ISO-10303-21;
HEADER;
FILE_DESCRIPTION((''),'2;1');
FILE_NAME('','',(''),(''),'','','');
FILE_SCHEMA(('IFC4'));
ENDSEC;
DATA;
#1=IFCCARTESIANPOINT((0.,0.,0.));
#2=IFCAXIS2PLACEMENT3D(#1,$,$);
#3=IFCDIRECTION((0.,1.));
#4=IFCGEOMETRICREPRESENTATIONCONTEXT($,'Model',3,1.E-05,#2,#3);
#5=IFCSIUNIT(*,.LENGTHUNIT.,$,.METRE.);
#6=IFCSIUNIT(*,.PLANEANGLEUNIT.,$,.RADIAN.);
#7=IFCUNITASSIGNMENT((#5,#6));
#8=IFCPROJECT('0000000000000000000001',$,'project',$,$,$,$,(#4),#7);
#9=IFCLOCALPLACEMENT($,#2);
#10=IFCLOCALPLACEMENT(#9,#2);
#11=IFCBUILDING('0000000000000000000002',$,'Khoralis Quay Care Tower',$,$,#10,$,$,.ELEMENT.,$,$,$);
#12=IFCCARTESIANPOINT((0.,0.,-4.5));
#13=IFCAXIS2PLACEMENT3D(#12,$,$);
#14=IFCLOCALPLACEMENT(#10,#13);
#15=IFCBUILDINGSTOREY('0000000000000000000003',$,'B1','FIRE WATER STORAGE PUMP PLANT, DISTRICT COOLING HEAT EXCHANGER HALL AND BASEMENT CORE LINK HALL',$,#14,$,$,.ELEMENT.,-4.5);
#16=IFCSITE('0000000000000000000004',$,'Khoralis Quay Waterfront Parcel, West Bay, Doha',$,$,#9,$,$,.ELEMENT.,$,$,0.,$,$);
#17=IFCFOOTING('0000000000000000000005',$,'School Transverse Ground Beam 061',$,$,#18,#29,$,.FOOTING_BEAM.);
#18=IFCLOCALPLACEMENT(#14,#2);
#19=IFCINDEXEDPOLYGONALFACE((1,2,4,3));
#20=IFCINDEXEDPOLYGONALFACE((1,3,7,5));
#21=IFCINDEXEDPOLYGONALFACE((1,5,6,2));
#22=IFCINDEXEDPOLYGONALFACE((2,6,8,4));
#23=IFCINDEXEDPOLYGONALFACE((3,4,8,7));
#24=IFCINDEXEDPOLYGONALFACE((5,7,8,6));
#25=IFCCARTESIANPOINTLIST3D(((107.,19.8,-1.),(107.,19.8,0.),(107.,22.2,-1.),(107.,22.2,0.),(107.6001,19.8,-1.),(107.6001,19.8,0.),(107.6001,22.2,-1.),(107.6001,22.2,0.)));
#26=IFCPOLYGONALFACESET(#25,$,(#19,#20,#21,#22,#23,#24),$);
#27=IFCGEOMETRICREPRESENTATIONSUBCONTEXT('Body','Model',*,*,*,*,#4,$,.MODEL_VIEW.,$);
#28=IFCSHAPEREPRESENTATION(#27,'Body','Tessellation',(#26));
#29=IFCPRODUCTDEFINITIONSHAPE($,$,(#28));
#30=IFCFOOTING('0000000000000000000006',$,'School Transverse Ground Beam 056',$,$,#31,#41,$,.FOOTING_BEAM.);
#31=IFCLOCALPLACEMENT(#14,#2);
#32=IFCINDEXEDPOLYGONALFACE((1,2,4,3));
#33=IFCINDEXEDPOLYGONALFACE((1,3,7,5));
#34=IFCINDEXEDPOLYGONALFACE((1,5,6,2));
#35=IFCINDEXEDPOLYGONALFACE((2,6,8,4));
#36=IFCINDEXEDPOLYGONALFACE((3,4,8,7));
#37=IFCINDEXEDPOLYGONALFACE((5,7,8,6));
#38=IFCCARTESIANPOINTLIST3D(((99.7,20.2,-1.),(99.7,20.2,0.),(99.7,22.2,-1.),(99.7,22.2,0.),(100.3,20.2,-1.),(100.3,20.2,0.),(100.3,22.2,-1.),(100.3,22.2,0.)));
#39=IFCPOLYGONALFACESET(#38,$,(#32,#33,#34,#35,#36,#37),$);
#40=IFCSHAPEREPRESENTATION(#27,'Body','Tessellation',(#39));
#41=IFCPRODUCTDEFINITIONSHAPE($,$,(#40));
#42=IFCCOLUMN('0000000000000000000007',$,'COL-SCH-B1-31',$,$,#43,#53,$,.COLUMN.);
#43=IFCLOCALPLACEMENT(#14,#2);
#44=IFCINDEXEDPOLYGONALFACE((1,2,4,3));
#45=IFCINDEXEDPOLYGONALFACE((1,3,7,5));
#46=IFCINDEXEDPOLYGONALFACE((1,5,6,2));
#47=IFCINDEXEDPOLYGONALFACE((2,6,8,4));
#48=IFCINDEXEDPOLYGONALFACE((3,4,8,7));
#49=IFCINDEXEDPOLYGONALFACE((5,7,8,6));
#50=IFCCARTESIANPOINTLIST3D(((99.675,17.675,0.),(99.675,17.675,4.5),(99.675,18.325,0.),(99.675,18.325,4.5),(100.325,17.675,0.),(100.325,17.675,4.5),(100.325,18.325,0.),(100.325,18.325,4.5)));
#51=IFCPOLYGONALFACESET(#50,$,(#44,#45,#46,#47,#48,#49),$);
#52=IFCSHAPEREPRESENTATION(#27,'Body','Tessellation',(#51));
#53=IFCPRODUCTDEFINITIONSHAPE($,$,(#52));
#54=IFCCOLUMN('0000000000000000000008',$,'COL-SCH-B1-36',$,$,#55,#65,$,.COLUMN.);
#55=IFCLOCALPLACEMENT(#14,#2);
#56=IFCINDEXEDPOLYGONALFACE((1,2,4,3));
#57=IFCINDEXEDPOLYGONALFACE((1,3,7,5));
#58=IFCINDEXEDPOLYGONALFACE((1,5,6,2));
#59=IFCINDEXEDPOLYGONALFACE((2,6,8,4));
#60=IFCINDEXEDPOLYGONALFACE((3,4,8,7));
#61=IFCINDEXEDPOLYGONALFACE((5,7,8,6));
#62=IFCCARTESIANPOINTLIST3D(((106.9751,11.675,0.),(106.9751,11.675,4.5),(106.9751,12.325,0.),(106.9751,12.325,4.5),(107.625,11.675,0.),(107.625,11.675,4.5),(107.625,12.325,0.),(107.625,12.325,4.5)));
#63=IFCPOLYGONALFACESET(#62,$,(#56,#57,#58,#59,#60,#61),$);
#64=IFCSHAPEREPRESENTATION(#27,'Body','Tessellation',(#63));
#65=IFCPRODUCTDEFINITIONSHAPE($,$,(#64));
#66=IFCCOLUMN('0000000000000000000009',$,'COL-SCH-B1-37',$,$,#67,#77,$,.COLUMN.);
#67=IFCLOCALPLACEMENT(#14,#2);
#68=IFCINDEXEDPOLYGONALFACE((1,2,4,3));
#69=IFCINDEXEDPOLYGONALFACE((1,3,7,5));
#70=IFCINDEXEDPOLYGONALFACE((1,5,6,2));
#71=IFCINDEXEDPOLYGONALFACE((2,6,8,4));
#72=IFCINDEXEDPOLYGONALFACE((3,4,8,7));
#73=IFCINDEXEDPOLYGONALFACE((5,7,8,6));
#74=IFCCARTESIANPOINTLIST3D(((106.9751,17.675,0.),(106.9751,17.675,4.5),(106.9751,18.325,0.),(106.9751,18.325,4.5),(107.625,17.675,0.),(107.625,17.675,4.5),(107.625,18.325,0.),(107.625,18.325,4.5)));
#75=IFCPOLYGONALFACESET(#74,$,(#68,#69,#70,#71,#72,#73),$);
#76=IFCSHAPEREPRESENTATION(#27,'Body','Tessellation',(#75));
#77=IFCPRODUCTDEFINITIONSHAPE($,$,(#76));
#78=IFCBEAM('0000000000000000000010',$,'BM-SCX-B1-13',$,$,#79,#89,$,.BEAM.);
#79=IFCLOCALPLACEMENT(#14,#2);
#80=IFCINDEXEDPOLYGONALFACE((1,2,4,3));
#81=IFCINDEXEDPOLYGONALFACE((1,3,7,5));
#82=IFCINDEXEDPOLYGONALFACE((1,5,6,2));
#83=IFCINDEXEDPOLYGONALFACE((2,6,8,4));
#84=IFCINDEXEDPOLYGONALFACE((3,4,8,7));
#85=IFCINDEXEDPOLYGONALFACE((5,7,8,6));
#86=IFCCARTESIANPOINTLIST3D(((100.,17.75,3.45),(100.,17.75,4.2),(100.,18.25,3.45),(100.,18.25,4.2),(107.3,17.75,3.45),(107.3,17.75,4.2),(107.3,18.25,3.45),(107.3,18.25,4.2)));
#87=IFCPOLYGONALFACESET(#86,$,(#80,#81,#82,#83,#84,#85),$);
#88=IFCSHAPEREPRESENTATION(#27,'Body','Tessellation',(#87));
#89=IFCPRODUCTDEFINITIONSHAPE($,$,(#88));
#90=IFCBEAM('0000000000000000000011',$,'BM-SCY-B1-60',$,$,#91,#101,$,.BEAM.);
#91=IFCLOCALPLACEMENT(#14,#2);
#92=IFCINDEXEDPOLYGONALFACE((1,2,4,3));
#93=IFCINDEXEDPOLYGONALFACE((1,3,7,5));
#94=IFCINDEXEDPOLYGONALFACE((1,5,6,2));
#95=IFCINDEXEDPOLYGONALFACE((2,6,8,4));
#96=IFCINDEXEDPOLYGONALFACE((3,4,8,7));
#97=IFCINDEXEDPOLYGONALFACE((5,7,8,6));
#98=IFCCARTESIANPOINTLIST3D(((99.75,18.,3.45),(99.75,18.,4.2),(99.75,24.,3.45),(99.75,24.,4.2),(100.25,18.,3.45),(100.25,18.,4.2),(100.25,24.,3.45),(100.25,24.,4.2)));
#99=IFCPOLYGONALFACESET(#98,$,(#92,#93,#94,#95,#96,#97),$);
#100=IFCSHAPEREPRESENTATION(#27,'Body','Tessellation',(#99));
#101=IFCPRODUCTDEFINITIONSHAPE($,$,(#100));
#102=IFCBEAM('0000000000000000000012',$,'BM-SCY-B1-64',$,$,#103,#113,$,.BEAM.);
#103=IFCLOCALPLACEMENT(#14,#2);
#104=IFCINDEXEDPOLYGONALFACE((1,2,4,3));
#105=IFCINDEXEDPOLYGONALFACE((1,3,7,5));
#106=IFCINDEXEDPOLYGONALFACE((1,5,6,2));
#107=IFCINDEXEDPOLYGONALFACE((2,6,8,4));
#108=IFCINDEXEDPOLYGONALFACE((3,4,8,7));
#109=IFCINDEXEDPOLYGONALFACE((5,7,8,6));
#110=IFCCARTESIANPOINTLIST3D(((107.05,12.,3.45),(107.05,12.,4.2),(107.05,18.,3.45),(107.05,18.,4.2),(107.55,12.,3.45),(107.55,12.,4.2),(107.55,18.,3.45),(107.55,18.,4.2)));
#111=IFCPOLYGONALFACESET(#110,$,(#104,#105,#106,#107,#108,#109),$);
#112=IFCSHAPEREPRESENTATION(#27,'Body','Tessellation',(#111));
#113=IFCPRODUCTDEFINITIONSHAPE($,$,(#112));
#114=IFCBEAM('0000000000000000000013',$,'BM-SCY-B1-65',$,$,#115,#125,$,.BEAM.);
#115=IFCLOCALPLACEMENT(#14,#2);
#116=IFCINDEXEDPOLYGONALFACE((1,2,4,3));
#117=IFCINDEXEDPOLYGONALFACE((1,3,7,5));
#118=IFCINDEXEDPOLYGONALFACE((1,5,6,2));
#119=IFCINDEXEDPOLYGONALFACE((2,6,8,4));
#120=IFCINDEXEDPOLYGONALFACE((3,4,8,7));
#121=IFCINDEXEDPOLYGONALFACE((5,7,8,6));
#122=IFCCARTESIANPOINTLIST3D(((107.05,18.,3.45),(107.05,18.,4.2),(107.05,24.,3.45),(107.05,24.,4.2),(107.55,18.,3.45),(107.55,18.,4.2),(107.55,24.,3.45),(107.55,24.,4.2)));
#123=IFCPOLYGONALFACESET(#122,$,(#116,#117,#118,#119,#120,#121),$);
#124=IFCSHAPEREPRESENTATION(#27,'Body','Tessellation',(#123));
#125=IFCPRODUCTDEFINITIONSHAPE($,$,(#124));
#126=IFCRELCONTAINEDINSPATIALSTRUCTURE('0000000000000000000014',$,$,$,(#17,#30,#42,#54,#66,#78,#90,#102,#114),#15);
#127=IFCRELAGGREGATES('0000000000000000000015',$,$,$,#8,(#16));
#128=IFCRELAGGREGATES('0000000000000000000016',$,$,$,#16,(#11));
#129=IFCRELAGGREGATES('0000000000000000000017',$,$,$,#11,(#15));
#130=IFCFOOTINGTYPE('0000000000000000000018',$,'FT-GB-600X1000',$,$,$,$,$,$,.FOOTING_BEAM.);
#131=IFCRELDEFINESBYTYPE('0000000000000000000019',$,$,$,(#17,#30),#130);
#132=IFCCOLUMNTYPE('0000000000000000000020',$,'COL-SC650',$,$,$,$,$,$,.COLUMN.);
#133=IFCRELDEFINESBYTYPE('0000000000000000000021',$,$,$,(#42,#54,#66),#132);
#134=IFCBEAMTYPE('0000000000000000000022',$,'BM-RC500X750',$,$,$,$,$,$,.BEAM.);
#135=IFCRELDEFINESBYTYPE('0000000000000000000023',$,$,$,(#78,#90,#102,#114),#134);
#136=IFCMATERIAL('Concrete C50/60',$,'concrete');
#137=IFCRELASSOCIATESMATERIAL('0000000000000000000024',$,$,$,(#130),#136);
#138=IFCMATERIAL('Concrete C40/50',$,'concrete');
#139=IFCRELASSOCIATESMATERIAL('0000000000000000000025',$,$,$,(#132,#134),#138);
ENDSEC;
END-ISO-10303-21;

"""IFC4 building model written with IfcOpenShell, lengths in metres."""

from ifc_helpers import new_model, si_unit, direction, frame, origin, origin_2d, place, context, subcontext, project, spatial, rectangle, extrude, source, transform, mapped, material, material_profile, profile_set, type_object, element, save


model = new_model("IFC4")

# Units and contexts
model_context = context("Model", 3, precision=1e-05, world=origin(), true_north=direction((0.0, 1.0)))
body_context = subcontext(model_context, "Body", "Model", "MODEL_VIEW")
ifc_project = project(units=[si_unit("LENGTHUNIT", "METRE"), si_unit("PLANEANGLEUNIT", "RADIAN")], contexts=[model_context])

# Site, building, storey
site_placement = place(None, origin())
site = spatial("IfcSite", under=ifc_project, at=site_placement, Name="Khoralis Quay Waterfront Parcel, West Bay, Doha", CompositionType="ELEMENT", RefElevation=0.0)
building_placement = place(site_placement, origin())
building = spatial("IfcBuilding", under=site, at=building_placement, Name="Khoralis Quay Care Tower", CompositionType="ELEMENT")
storey_placement = place(building_placement, frame((0.0, 0.0, -4.5)))
storey = spatial("IfcBuildingStorey", under=building, at=storey_placement, Name="B1", Description="FIRE WATER STORAGE PUMP PLANT, DISTRICT COOLING HEAT EXCHANGER HALL AND BASEMENT CORE LINK HALL", CompositionType="ELEMENT", Elevation=-4.5)

# Shared definitions
ifc_material_1 = material(Name="Concrete C50/60", Category="concrete")

# Footings
ifc_material_profile_1 = material_profile(ifc_material_1, rectangle(XDim=0.6001, YDim=1.0, at=origin_2d()), Name="Concrete C50/60")
ifc_profile_set_1 = profile_set([ifc_material_profile_1], Name="Concrete C50/60")
footing_type_1 = type_object("IfcFootingType", Name="FT-GB-600X1000", PredefinedType="FOOTING_BEAM", material=ifc_profile_set_1)
shared_shape_1 = source(origin(), body_context, "Body", "SweptSolid", [
    extrude(rectangle(XDim=0.6001, YDim=1.0, at=origin_2d()), origin(), (0.0, 0.0, 1.0), 2.3999),
])
for number, where, z_axis, x_axis, name in (
    (1, (107.3, 19.8, -0.5), (0.0, 1.0, 0.0), (-1.0, 0.0, 0.0), "School Transverse Ground Beam 061"),
):
    element("IfcFooting", number, at=place(storey_placement, frame(where, z_axis=z_axis, x_axis=x_axis)), inside=storey, type_object=footing_type_1, Name=name, PredefinedType="FOOTING_BEAM", context=body_context, shape_type="MappedRepresentation", body=[
        mapped(shared_shape_1, transform((0.0, 0.0, 0.0), scale=1.0)),
    ])
shared_shape_2 = source(origin(), body_context, "Body", "SweptSolid", [
    extrude(rectangle(XDim=0.6001, YDim=1.0, at=origin_2d()), origin(), (0.0, 0.0, 1.0), 2.0),
])
footing_1_placement = place(storey_placement, frame((100.0, 20.2, -0.5), z_axis=(0.0, 1.0, 0.0), x_axis=(-1.0, 0.0, 0.0)))
element("IfcFooting", 2, at=footing_1_placement, inside=storey, type_object=footing_type_1, Name="School Transverse Ground Beam 056", PredefinedType="FOOTING_BEAM", context=body_context, shape_type="MappedRepresentation", body=[
    mapped(shared_shape_2, transform((0.0, 0.0, 0.0), scale=1.0)),
])

# Columns
ifc_material_2 = material(Name="Concrete C40/50", Category="concrete")
ifc_material_profile_2 = material_profile(ifc_material_2, rectangle(XDim=0.6499, YDim=0.6499, at=origin_2d()), Name="Concrete C40/50")
ifc_profile_set_2 = profile_set([ifc_material_profile_2], Name="Concrete C40/50")
column_type = type_object("IfcColumnType", Name="COL-SC650", PredefinedType="COLUMN", material=ifc_profile_set_2)
shared_shape_3 = source(origin(), body_context, "Body", "SweptSolid", [
    extrude(rectangle(XDim=0.6499, YDim=0.6499, at=origin_2d()), origin(), (0.0, 0.0, 1.0), 4.5),
])
for number, where, z_axis, x_axis, name in (
    (3, (100.0, 18.0, 0.0), (0.0, 0.0, 1.0), (1.0, 0.0, 0.0), "COL-SCH-B1-31"),
    (4, (107.3, 12.0, 0.0), (0.0, 0.0, 1.0), (1.0, 0.0, 0.0), "COL-SCH-B1-36"),
    (5, (107.3, 18.0, 0.0), (0.0, 0.0, 1.0), (1.0, 0.0, 0.0), "COL-SCH-B1-37"),
):
    element("IfcColumn", number, at=place(storey_placement, frame(where, z_axis=z_axis, x_axis=x_axis)), inside=storey, type_object=column_type, Name=name, PredefinedType="COLUMN", context=body_context, shape_type="MappedRepresentation", body=[
        mapped(shared_shape_3, transform((0.0, 0.0, 0.0), scale=1.0)),
    ])

# Beams
ifc_material_profile_3 = material_profile(ifc_material_2, rectangle(XDim=0.5, YDim=0.75, at=origin_2d()), Name="Concrete C40/50")
ifc_profile_set_3 = profile_set([ifc_material_profile_3], Name="Concrete C40/50")
beam_type = type_object("IfcBeamType", Name="BM-RC500X750", PredefinedType="BEAM", material=ifc_profile_set_3)
shared_shape_4 = source(origin(), body_context, "Body", "SweptSolid", [
    extrude(rectangle(XDim=0.5, YDim=0.75, at=origin_2d()), origin(), (0.0, 0.0, 1.0), 7.3),
])
beam_placement = place(storey_placement, frame((100.0, 18.0, 3.825), z_axis=(1.0, 0.0, 0.0), x_axis=(0.0, 1.0, 0.0)))
element("IfcBeam", 6, at=beam_placement, inside=storey, type_object=beam_type, Name="BM-SCX-B1-13", PredefinedType="BEAM", context=body_context, shape_type="MappedRepresentation", body=[
    mapped(shared_shape_4, transform((0.0, 0.0, 0.0), scale=1.0)),
])
shared_shape_5 = source(origin(), body_context, "Body", "SweptSolid", [
    extrude(rectangle(XDim=0.5, YDim=0.75, at=origin_2d()), origin(), (0.0, 0.0, 1.0), 6.0),
])
for number, where, z_axis, x_axis, name in (
    (7, (100.0, 18.0, 3.825), (0.0, 1.0, 0.0), (-1.0, 0.0, 0.0), "BM-SCY-B1-60"),
    (8, (107.3, 12.0, 3.825), (0.0, 1.0, 0.0), (-1.0, 0.0, 0.0), "BM-SCY-B1-64"),
    (9, (107.3, 18.0, 3.825), (0.0, 1.0, 0.0), (-1.0, 0.0, 0.0), "BM-SCY-B1-65"),
):
    element("IfcBeam", number, at=place(storey_placement, frame(where, z_axis=z_axis, x_axis=x_axis)), inside=storey, type_object=beam_type, Name=name, PredefinedType="BEAM", context=body_context, shape_type="MappedRepresentation", body=[
        mapped(shared_shape_5, transform((0.0, 0.0, 0.0), scale=1.0)),
    ])

save(model, "model.ifc")
